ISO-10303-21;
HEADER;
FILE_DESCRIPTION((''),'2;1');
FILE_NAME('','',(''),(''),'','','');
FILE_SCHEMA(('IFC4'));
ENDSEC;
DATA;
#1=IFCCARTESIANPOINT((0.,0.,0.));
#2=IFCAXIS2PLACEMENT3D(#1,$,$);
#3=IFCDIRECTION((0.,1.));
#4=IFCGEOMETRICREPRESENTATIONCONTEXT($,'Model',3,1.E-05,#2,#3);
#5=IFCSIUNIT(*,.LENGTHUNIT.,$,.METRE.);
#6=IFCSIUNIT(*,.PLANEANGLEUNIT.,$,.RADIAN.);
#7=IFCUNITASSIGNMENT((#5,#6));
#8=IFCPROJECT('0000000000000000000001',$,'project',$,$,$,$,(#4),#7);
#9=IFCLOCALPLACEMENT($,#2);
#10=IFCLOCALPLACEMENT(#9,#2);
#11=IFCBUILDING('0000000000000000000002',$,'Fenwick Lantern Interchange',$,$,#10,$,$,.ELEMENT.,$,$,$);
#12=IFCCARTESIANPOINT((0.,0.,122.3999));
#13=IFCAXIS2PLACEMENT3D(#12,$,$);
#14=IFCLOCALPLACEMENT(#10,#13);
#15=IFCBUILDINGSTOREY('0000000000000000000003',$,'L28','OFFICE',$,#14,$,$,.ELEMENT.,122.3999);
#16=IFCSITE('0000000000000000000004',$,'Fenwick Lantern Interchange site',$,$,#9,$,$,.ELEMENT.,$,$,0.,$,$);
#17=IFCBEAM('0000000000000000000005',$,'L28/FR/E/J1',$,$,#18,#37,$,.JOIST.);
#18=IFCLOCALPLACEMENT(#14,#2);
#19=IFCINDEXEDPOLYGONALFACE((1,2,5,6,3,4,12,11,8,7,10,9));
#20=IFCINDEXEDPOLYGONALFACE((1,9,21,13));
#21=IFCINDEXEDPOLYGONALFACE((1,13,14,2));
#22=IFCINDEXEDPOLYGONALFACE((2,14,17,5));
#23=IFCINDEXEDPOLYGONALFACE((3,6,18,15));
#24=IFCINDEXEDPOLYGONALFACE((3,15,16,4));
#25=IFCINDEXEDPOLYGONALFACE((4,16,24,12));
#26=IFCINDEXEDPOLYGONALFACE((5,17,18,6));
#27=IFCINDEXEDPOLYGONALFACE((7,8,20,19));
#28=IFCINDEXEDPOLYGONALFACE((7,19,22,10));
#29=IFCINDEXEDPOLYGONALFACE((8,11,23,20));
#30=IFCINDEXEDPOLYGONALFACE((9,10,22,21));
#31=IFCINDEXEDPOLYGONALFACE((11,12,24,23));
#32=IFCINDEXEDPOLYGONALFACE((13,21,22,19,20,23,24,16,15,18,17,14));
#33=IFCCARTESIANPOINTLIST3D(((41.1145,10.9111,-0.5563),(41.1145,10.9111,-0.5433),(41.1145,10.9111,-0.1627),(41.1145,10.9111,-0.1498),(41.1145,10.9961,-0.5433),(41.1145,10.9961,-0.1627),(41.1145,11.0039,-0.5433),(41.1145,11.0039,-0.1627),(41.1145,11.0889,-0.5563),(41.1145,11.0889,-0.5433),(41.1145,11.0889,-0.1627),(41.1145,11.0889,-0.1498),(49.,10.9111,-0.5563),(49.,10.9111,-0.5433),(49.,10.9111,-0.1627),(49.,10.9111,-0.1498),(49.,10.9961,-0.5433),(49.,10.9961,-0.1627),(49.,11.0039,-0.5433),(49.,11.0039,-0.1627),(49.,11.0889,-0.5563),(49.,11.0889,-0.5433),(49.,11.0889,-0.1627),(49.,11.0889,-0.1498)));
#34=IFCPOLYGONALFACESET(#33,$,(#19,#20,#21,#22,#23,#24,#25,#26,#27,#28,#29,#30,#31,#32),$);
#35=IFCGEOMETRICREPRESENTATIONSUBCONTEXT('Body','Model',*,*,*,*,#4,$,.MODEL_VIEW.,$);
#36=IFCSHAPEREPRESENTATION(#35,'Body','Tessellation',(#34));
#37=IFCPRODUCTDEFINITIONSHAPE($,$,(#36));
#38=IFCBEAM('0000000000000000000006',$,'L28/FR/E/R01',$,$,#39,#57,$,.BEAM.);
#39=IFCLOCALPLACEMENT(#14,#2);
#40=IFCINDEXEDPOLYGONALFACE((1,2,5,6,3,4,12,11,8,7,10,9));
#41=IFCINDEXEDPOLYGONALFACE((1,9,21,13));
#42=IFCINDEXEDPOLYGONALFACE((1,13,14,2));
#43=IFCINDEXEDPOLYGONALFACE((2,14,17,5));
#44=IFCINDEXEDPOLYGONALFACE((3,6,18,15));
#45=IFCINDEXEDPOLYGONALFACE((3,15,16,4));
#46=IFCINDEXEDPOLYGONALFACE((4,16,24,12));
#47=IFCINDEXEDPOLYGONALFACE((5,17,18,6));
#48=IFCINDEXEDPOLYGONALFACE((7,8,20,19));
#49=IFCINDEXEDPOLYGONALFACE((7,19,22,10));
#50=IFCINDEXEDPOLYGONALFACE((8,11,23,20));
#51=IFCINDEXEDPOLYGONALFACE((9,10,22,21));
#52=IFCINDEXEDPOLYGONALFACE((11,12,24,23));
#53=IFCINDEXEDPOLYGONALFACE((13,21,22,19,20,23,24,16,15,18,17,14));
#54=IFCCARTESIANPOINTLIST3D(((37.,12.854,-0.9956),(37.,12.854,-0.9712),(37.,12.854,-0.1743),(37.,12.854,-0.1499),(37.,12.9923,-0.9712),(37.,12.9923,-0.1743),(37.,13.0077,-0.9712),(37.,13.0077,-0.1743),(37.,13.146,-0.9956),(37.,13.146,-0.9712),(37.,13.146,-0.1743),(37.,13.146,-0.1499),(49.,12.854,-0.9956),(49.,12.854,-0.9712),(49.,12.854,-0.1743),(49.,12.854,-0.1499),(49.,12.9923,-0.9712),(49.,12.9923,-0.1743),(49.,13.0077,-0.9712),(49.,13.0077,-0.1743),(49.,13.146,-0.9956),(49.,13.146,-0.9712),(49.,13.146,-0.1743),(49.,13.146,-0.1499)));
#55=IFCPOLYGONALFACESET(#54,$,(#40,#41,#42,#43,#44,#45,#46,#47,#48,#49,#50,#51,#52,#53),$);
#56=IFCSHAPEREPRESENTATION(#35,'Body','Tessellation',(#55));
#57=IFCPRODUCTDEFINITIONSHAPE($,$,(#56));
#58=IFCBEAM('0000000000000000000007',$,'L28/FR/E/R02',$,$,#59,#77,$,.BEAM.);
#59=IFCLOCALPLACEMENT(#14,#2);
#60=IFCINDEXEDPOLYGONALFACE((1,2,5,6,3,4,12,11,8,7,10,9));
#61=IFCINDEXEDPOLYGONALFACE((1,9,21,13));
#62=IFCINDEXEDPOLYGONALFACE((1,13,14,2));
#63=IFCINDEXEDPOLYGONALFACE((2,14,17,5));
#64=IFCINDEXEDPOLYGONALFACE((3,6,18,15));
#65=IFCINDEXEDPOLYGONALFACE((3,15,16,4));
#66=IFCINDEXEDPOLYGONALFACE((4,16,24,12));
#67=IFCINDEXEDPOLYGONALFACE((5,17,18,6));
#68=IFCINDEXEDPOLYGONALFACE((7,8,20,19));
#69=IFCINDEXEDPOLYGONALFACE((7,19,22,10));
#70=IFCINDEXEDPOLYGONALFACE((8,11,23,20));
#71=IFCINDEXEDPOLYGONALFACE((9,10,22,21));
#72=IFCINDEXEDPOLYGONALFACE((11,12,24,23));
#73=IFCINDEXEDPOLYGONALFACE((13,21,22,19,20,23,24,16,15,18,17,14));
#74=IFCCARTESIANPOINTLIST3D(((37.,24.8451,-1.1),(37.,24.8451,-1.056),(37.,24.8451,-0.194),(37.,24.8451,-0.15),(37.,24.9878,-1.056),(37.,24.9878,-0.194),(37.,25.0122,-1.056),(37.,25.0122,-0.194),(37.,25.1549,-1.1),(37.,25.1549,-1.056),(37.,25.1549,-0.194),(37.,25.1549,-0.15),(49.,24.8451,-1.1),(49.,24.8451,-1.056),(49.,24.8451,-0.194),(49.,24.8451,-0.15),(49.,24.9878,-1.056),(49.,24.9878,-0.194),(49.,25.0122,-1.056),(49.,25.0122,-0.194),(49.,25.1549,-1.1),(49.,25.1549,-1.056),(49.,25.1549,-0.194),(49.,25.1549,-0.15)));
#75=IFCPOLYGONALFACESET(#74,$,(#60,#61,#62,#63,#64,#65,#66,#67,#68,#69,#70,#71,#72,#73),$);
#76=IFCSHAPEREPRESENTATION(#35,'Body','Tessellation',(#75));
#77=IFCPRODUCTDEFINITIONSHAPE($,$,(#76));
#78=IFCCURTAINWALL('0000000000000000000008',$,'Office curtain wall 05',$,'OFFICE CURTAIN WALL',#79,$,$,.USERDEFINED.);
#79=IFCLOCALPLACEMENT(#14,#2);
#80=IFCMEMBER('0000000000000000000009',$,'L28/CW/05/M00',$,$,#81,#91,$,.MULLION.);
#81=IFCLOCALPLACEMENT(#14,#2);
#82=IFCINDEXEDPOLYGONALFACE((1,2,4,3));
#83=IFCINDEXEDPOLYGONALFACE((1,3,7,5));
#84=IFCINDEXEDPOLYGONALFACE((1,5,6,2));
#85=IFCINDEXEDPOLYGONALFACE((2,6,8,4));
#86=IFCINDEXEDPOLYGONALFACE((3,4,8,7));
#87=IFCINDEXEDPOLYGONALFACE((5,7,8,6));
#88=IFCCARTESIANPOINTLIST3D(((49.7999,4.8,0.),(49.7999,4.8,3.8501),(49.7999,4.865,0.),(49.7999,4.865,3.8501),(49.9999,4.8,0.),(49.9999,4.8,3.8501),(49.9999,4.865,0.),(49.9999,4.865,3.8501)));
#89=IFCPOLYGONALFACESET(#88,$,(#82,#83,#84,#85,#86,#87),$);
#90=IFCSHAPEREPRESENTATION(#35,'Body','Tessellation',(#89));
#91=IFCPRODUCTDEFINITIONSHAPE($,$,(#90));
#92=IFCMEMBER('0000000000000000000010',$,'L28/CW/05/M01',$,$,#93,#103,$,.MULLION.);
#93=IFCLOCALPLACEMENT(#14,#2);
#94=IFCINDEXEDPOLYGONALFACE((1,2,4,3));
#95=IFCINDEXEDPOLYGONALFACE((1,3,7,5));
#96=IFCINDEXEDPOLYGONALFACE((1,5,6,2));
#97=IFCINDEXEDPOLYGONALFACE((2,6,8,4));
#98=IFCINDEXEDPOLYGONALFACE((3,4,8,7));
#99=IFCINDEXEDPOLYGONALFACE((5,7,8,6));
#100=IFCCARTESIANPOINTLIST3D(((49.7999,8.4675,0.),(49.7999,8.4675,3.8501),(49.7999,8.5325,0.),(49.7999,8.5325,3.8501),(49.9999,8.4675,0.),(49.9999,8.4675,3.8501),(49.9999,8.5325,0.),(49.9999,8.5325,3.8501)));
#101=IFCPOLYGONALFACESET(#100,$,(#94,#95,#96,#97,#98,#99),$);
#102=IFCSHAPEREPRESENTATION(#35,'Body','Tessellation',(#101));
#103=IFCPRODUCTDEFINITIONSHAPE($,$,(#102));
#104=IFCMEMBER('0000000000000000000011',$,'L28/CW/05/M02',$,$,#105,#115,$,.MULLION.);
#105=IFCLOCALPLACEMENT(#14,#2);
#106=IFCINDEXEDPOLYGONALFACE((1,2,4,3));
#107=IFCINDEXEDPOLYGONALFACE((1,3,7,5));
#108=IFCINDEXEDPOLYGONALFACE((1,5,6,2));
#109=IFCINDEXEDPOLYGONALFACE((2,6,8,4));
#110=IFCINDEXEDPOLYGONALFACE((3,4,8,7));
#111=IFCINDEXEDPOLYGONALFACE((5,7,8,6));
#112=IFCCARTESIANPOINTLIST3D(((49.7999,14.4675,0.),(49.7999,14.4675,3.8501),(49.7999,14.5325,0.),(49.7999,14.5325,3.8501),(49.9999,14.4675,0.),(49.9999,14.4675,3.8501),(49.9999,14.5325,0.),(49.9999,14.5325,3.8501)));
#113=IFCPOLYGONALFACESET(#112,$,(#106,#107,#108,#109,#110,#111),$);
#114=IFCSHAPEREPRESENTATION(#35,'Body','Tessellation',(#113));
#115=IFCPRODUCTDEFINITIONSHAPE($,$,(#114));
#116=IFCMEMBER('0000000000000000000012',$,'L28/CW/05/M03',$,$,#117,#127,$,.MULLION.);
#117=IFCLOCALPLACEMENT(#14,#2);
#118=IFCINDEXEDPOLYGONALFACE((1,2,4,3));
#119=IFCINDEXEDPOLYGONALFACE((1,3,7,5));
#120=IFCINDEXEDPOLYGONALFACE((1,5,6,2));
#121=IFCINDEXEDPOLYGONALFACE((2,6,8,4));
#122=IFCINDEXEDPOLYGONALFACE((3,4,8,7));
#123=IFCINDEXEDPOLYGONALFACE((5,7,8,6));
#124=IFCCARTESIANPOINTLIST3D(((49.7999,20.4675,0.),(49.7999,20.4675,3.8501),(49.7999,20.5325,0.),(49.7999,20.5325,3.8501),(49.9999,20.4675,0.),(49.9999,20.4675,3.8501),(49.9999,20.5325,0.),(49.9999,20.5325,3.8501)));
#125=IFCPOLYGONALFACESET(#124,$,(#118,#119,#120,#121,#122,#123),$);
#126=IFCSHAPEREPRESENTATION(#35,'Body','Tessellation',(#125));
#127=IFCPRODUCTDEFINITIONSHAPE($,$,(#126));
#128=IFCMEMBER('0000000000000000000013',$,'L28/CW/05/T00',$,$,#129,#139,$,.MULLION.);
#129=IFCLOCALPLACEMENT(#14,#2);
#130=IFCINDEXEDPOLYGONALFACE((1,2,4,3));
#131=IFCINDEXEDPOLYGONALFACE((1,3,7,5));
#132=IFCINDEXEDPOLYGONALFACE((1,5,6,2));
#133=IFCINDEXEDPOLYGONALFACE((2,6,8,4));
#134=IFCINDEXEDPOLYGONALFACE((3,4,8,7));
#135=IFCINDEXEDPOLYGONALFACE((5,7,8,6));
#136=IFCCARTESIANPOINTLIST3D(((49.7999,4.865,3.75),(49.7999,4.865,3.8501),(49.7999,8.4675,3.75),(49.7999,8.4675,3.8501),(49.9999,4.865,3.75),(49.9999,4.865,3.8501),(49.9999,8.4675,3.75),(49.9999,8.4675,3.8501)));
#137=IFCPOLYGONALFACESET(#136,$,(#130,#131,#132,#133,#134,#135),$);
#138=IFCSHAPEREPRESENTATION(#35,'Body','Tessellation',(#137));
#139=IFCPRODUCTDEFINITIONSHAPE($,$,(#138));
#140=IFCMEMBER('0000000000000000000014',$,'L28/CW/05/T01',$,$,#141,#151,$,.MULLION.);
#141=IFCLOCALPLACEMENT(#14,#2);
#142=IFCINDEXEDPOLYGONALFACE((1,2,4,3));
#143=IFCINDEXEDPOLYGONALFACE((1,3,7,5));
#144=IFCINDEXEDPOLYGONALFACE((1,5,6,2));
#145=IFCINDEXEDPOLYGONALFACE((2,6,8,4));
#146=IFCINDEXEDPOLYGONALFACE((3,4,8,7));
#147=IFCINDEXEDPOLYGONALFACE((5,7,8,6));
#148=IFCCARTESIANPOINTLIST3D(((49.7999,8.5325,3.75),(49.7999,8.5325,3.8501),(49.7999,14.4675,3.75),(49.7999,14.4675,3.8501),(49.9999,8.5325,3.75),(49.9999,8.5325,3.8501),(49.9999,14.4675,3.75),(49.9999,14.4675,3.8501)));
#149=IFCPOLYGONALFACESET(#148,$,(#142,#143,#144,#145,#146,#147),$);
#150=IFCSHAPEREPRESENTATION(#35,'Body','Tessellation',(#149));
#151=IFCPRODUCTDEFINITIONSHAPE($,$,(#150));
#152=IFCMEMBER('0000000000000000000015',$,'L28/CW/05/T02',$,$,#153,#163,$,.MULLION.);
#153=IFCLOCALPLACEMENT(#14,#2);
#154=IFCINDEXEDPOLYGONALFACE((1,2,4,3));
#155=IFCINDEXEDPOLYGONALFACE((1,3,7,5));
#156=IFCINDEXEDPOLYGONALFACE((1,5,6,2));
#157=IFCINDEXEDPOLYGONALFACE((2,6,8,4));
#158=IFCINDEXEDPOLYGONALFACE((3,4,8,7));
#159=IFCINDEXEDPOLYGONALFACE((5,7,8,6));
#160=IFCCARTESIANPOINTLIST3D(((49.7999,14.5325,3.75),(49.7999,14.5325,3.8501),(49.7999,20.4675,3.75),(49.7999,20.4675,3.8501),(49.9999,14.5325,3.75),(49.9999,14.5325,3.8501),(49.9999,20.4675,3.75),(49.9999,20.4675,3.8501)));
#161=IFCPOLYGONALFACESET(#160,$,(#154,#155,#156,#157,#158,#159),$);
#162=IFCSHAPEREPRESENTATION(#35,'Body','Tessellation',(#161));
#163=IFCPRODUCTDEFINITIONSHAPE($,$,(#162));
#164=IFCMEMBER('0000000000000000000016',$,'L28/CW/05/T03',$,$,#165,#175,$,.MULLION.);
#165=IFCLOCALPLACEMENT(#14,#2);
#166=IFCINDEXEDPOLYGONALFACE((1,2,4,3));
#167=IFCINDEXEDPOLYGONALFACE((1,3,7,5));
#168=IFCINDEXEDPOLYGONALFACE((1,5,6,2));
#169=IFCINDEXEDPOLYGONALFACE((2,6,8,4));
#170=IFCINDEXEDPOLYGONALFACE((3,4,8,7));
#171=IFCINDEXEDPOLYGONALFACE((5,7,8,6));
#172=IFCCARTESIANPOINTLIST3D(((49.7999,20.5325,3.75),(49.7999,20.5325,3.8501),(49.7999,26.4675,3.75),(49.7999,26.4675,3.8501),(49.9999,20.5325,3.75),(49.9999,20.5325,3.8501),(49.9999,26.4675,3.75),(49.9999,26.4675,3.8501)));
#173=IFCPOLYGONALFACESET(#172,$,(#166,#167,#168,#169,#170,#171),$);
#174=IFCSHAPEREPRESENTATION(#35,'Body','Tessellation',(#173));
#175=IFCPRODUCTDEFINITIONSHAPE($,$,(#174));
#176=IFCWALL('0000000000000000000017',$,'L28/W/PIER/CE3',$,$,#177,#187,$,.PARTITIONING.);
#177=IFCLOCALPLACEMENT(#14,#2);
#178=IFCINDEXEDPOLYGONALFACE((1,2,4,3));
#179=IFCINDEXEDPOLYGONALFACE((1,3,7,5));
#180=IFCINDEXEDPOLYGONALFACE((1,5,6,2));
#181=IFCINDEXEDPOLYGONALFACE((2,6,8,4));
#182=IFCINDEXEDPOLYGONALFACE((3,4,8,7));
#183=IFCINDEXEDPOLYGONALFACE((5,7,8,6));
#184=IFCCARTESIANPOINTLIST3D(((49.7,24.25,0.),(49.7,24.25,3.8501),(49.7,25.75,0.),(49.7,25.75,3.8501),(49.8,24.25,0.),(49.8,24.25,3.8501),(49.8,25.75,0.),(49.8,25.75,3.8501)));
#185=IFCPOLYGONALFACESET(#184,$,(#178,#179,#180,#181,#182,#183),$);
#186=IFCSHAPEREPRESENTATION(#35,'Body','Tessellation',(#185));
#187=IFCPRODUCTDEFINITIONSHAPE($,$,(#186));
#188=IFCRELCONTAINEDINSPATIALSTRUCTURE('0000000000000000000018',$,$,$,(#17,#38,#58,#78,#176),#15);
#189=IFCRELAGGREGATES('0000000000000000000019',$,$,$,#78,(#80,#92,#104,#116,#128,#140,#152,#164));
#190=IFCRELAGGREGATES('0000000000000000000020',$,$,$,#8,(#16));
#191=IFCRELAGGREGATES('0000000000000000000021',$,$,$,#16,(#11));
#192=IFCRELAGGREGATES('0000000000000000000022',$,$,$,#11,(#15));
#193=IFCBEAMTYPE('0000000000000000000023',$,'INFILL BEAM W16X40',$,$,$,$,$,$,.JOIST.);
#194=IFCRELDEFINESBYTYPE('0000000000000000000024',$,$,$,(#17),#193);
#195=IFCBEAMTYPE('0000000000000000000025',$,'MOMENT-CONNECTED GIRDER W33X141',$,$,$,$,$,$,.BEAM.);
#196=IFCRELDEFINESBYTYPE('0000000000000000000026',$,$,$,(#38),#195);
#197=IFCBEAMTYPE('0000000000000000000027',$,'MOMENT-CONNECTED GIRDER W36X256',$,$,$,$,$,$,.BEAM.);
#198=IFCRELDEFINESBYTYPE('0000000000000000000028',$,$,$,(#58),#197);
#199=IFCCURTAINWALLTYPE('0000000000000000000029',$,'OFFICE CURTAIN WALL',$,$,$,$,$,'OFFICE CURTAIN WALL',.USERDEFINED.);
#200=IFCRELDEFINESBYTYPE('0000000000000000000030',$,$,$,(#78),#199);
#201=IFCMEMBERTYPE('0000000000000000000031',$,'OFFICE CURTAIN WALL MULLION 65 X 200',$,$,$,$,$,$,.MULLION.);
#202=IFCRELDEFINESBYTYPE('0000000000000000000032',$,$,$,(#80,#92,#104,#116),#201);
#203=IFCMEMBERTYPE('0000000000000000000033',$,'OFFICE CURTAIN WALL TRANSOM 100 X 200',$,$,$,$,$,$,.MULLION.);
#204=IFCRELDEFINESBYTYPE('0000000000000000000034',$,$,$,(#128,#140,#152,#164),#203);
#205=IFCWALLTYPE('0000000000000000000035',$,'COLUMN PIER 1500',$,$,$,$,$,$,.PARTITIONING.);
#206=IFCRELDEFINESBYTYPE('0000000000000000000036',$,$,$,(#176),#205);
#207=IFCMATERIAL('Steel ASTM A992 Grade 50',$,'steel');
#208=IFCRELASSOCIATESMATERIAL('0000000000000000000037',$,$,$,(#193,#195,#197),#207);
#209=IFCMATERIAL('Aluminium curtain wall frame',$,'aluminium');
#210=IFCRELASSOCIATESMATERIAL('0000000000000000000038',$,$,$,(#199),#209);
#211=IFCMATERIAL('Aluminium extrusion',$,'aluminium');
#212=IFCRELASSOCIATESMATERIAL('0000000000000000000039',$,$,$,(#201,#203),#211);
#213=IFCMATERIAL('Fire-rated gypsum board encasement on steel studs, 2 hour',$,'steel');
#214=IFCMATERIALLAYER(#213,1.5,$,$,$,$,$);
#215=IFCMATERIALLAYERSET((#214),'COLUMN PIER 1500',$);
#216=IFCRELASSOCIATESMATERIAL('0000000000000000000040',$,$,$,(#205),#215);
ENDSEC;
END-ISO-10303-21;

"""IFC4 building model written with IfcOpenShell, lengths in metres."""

from ifc_helpers import new_model, si_unit, direction, frame, frame_2d, origin, origin_2d, place, context, subcontext, project, spatial, rectangle, i_section, extrude, material, layer, layer_set, material_profile, profile_set, type_object, element, aggregate, save


model = new_model("IFC4")

# Units and contexts
model_context = context("Model", 3, precision=1e-05, world=origin(), true_north=direction((0.0, 1.0)))
body_context = subcontext(model_context, "Body", "Model", "MODEL_VIEW")
ifc_project = project(units=[si_unit("LENGTHUNIT", "METRE"), si_unit("PLANEANGLEUNIT", "RADIAN")], contexts=[model_context])

# Site, building, storey
site_placement = place(None, origin())
site = spatial("IfcSite", under=ifc_project, at=site_placement, Name="Fenwick Lantern Interchange site", CompositionType="ELEMENT", RefElevation=0.0)
building_placement = place(site_placement, origin())
building = spatial("IfcBuilding", under=site, at=building_placement, Name="Fenwick Lantern Interchange", CompositionType="ELEMENT")
storey_placement = place(building_placement, frame((0.0, 0.0, 122.3999)))
storey = spatial("IfcBuildingStorey", under=building, at=storey_placement, Name="L28", Description="OFFICE", CompositionType="ELEMENT", Elevation=122.3999)

# Shared definitions
ifc_material_1 = material(Name="Steel ASTM A992 Grade 50", Category="steel")

# Beams
ifc_material_profile_1 = material_profile(ifc_material_1, i_section(OverallWidth=0.1777, OverallDepth=0.4065, WebThickness=0.0078, FlangeThickness=0.0129, at=origin_2d()), Name="W16X40")
ifc_profile_set_1 = profile_set([ifc_material_profile_1], Name="Steel ASTM A992 Grade 50")
beam_type_1 = type_object("IfcBeamType", Name="INFILL BEAM W16X40", PredefinedType="JOIST", material=ifc_profile_set_1)
beam_1_placement = place(storey_placement, frame((49.0, 11.0, -0.353), z_axis=(-1.0, 0.0, 0.0), x_axis=(0.0, -1.0, 0.0)))
element("IfcBeam", 1, at=beam_1_placement, inside=storey, type_object=beam_type_1, Name="L28/FR/E/J1", PredefinedType="JOIST", context=body_context, shape_type="SweptSolid", body=[
    extrude(i_section(OverallWidth=0.1777, OverallDepth=0.4065, WebThickness=0.0078, FlangeThickness=0.0129, at=origin_2d()), origin(), (0.0, 0.0, 1.0), 7.8855),
])
ifc_material_profile_2 = material_profile(ifc_material_1, i_section(OverallWidth=0.292, OverallDepth=0.8457, WebThickness=0.0154, FlangeThickness=0.0244, at=origin_2d()), Name="W33X141")
ifc_profile_set_2 = profile_set([ifc_material_profile_2], Name="Steel ASTM A992 Grade 50")
beam_type_2 = type_object("IfcBeamType", Name="MOMENT-CONNECTED GIRDER W33X141", PredefinedType="BEAM", material=ifc_profile_set_2)
beam_2_placement = place(storey_placement, frame((49.0, 13.0, -0.5728), z_axis=(-1.0, 0.0, 0.0), x_axis=(0.0, -1.0, 0.0)))
element("IfcBeam", 2, at=beam_2_placement, inside=storey, type_object=beam_type_2, Name="L28/FR/E/R01", PredefinedType="BEAM", context=body_context, shape_type="SweptSolid", body=[
    extrude(i_section(OverallWidth=0.292, OverallDepth=0.8457, WebThickness=0.0154, FlangeThickness=0.0244, at=origin_2d()), origin(), (0.0, 0.0, 1.0), 12.0),
])
ifc_material_profile_3 = material_profile(ifc_material_1, i_section(OverallWidth=0.3098, OverallDepth=0.95, WebThickness=0.0244, FlangeThickness=0.0439, at=origin_2d()), Name="W36X256")
ifc_profile_set_3 = profile_set([ifc_material_profile_3], Name="Steel ASTM A992 Grade 50")
beam_type_3 = type_object("IfcBeamType", Name="MOMENT-CONNECTED GIRDER W36X256", PredefinedType="BEAM", material=ifc_profile_set_3)
beam_3_placement = place(storey_placement, frame((49.0, 25.0, -0.625), z_axis=(-1.0, 0.0, 0.0), x_axis=(0.0, -1.0, 0.0)))
element("IfcBeam", 3, at=beam_3_placement, inside=storey, type_object=beam_type_3, Name="L28/FR/E/R02", PredefinedType="BEAM", context=body_context, shape_type="SweptSolid", body=[
    extrude(i_section(OverallWidth=0.3098, OverallDepth=0.95, WebThickness=0.0244, FlangeThickness=0.0439, at=origin_2d()), origin(), (0.0, 0.0, 1.0), 12.0),
])

# Curtain wall, members
ifc_material_2 = material(Name="Aluminium curtain wall frame", Category="aluminium")
curtain_wall_type = type_object("IfcCurtainWallType", Name="OFFICE CURTAIN WALL", ElementType="OFFICE CURTAIN WALL", PredefinedType="USERDEFINED", material=ifc_material_2)
curtain_wall_placement = place(storey_placement, origin())
curtain_wall = element("IfcCurtainWall", 4, at=curtain_wall_placement, inside=storey, type_object=curtain_wall_type, Name="Office curtain wall 05", ObjectType="OFFICE CURTAIN WALL", PredefinedType="USERDEFINED")
ifc_material_3 = material(Name="Aluminium extrusion", Category="aluminium")
ifc_material_profile_4 = material_profile(ifc_material_3, rectangle(XDim=0.2, YDim=0.0649, at=origin_2d()), Name="OFFICE CURTAIN WALL MULLION 65 X 200")
ifc_profile_set_4 = profile_set([ifc_material_profile_4], Name="Aluminium extrusion")
member_type_1 = type_object("IfcMemberType", Name="OFFICE CURTAIN WALL MULLION 65 X 200", PredefinedType="MULLION", material=ifc_profile_set_4)
member_1_placement = place(storey_placement, frame((49.8999, 4.8325, 0.0), z_axis=(0.0, 0.0, 1.0), x_axis=(-1.0, 0.0, 0.0)))
member_1 = element("IfcMember", 5, at=member_1_placement, type_object=member_type_1, Name="L28/CW/05/M00", PredefinedType="MULLION", context=body_context, shape_type="SweptSolid", body=[
    extrude(rectangle(XDim=0.2, YDim=0.0649, at=origin_2d()), origin(), (0.0, 0.0, 1.0), 3.8501),
])
member_2_placement = place(storey_placement, frame((49.8999, 8.5, 0.0), z_axis=(0.0, 0.0, 1.0), x_axis=(-1.0, 0.0, 0.0)))
member_2 = element("IfcMember", 6, at=member_2_placement, type_object=member_type_1, Name="L28/CW/05/M01", PredefinedType="MULLION", context=body_context, shape_type="SweptSolid", body=[
    extrude(rectangle(XDim=0.2, YDim=0.0649, at=origin_2d()), origin(), (0.0, 0.0, 1.0), 3.8501),
])
member_3_placement = place(storey_placement, frame((49.8999, 14.5, 0.0), z_axis=(0.0, 0.0, 1.0), x_axis=(-1.0, 0.0, 0.0)))
member_3 = element("IfcMember", 7, at=member_3_placement, type_object=member_type_1, Name="L28/CW/05/M02", PredefinedType="MULLION", context=body_context, shape_type="SweptSolid", body=[
    extrude(rectangle(XDim=0.2, YDim=0.0649, at=origin_2d()), origin(), (0.0, 0.0, 1.0), 3.8501),
])
member_4_placement = place(storey_placement, frame((49.8999, 20.5, 0.0), z_axis=(0.0, 0.0, 1.0), x_axis=(-1.0, 0.0, 0.0)))
member_4 = element("IfcMember", 8, at=member_4_placement, type_object=member_type_1, Name="L28/CW/05/M03", PredefinedType="MULLION", context=body_context, shape_type="SweptSolid", body=[
    extrude(rectangle(XDim=0.2, YDim=0.0649, at=origin_2d()), origin(), (0.0, 0.0, 1.0), 3.8501),
])
ifc_material_profile_5 = material_profile(ifc_material_3, rectangle(XDim=0.2, YDim=0.1001, at=origin_2d()), Name="OFFICE CURTAIN WALL TRANSOM 100 X 200")
ifc_profile_set_5 = profile_set([ifc_material_profile_5], Name="Aluminium extrusion")
member_type_2 = type_object("IfcMemberType", Name="OFFICE CURTAIN WALL TRANSOM 100 X 200", PredefinedType="MULLION", material=ifc_profile_set_5)
member_5_placement = place(storey_placement, frame((49.8999, 4.865, 3.8), z_axis=(0.0, 1.0, 0.0), x_axis=(-1.0, 0.0, 0.0)))
member_5 = element("IfcMember", 9, at=member_5_placement, type_object=member_type_2, Name="L28/CW/05/T00", PredefinedType="MULLION", context=body_context, shape_type="SweptSolid", body=[
    extrude(rectangle(XDim=0.2, YDim=0.1001, at=origin_2d()), origin(), (0.0, 0.0, 1.0), 3.6025),
])
member_6_placement = place(storey_placement, frame((49.8999, 8.5325, 3.8), z_axis=(0.0, 1.0, 0.0), x_axis=(-1.0, 0.0, 0.0)))
member_6 = element("IfcMember", 10, at=member_6_placement, type_object=member_type_2, Name="L28/CW/05/T01", PredefinedType="MULLION", context=body_context, shape_type="SweptSolid", body=[
    extrude(rectangle(XDim=0.2, YDim=0.1001, at=origin_2d()), origin(), (0.0, 0.0, 1.0), 5.9351),
])
member_7_placement = place(storey_placement, frame((49.8999, 14.5325, 3.8), z_axis=(0.0, 1.0, 0.0), x_axis=(-1.0, 0.0, 0.0)))
member_7 = element("IfcMember", 11, at=member_7_placement, type_object=member_type_2, Name="L28/CW/05/T02", PredefinedType="MULLION", context=body_context, shape_type="SweptSolid", body=[
    extrude(rectangle(XDim=0.2, YDim=0.1001, at=origin_2d()), origin(), (0.0, 0.0, 1.0), 5.9351),
])
member_8_placement = place(storey_placement, frame((49.8999, 20.5325, 3.8), z_axis=(0.0, 1.0, 0.0), x_axis=(-1.0, 0.0, 0.0)))
member_8 = element("IfcMember", 12, at=member_8_placement, type_object=member_type_2, Name="L28/CW/05/T03", PredefinedType="MULLION", context=body_context, shape_type="SweptSolid", body=[
    extrude(rectangle(XDim=0.2, YDim=0.1001, at=origin_2d()), origin(), (0.0, 0.0, 1.0), 5.9351),
])
aggregate(curtain_wall, [member_1, member_2, member_3, member_4, member_5, member_6, member_7, member_8])

# Wall
ifc_material_4 = material(Name="Fire-rated gypsum board encasement on steel studs, 2 hour", Category="steel")
ifc_layer_1 = layer(ifc_material_4, 1.5)
ifc_layer_set_1 = layer_set([ifc_layer_1], Name="COLUMN PIER 1500")
wall_type_1 = type_object("IfcWallType", Name="COLUMN PIER 1500", PredefinedType="PARTITIONING", material=ifc_layer_set_1)
wall_1_placement = place(storey_placement, frame((49.8, 25.0, 0.0), z_axis=(0.0, 0.0, 1.0), x_axis=(-1.0, 0.0, 0.0)))
element("IfcWall", 13, at=wall_1_placement, inside=storey, type_object=wall_type_1, Name="L28/W/PIER/CE3", PredefinedType="PARTITIONING", context=body_context, shape_type="SweptSolid", body=[
    extrude(rectangle(XDim=0.1001, YDim=1.5, at=frame_2d((0.05, 0.0))), origin(), (0.0, 0.0, 1.0), 3.8501),
])

save(model, "model.ifc")
